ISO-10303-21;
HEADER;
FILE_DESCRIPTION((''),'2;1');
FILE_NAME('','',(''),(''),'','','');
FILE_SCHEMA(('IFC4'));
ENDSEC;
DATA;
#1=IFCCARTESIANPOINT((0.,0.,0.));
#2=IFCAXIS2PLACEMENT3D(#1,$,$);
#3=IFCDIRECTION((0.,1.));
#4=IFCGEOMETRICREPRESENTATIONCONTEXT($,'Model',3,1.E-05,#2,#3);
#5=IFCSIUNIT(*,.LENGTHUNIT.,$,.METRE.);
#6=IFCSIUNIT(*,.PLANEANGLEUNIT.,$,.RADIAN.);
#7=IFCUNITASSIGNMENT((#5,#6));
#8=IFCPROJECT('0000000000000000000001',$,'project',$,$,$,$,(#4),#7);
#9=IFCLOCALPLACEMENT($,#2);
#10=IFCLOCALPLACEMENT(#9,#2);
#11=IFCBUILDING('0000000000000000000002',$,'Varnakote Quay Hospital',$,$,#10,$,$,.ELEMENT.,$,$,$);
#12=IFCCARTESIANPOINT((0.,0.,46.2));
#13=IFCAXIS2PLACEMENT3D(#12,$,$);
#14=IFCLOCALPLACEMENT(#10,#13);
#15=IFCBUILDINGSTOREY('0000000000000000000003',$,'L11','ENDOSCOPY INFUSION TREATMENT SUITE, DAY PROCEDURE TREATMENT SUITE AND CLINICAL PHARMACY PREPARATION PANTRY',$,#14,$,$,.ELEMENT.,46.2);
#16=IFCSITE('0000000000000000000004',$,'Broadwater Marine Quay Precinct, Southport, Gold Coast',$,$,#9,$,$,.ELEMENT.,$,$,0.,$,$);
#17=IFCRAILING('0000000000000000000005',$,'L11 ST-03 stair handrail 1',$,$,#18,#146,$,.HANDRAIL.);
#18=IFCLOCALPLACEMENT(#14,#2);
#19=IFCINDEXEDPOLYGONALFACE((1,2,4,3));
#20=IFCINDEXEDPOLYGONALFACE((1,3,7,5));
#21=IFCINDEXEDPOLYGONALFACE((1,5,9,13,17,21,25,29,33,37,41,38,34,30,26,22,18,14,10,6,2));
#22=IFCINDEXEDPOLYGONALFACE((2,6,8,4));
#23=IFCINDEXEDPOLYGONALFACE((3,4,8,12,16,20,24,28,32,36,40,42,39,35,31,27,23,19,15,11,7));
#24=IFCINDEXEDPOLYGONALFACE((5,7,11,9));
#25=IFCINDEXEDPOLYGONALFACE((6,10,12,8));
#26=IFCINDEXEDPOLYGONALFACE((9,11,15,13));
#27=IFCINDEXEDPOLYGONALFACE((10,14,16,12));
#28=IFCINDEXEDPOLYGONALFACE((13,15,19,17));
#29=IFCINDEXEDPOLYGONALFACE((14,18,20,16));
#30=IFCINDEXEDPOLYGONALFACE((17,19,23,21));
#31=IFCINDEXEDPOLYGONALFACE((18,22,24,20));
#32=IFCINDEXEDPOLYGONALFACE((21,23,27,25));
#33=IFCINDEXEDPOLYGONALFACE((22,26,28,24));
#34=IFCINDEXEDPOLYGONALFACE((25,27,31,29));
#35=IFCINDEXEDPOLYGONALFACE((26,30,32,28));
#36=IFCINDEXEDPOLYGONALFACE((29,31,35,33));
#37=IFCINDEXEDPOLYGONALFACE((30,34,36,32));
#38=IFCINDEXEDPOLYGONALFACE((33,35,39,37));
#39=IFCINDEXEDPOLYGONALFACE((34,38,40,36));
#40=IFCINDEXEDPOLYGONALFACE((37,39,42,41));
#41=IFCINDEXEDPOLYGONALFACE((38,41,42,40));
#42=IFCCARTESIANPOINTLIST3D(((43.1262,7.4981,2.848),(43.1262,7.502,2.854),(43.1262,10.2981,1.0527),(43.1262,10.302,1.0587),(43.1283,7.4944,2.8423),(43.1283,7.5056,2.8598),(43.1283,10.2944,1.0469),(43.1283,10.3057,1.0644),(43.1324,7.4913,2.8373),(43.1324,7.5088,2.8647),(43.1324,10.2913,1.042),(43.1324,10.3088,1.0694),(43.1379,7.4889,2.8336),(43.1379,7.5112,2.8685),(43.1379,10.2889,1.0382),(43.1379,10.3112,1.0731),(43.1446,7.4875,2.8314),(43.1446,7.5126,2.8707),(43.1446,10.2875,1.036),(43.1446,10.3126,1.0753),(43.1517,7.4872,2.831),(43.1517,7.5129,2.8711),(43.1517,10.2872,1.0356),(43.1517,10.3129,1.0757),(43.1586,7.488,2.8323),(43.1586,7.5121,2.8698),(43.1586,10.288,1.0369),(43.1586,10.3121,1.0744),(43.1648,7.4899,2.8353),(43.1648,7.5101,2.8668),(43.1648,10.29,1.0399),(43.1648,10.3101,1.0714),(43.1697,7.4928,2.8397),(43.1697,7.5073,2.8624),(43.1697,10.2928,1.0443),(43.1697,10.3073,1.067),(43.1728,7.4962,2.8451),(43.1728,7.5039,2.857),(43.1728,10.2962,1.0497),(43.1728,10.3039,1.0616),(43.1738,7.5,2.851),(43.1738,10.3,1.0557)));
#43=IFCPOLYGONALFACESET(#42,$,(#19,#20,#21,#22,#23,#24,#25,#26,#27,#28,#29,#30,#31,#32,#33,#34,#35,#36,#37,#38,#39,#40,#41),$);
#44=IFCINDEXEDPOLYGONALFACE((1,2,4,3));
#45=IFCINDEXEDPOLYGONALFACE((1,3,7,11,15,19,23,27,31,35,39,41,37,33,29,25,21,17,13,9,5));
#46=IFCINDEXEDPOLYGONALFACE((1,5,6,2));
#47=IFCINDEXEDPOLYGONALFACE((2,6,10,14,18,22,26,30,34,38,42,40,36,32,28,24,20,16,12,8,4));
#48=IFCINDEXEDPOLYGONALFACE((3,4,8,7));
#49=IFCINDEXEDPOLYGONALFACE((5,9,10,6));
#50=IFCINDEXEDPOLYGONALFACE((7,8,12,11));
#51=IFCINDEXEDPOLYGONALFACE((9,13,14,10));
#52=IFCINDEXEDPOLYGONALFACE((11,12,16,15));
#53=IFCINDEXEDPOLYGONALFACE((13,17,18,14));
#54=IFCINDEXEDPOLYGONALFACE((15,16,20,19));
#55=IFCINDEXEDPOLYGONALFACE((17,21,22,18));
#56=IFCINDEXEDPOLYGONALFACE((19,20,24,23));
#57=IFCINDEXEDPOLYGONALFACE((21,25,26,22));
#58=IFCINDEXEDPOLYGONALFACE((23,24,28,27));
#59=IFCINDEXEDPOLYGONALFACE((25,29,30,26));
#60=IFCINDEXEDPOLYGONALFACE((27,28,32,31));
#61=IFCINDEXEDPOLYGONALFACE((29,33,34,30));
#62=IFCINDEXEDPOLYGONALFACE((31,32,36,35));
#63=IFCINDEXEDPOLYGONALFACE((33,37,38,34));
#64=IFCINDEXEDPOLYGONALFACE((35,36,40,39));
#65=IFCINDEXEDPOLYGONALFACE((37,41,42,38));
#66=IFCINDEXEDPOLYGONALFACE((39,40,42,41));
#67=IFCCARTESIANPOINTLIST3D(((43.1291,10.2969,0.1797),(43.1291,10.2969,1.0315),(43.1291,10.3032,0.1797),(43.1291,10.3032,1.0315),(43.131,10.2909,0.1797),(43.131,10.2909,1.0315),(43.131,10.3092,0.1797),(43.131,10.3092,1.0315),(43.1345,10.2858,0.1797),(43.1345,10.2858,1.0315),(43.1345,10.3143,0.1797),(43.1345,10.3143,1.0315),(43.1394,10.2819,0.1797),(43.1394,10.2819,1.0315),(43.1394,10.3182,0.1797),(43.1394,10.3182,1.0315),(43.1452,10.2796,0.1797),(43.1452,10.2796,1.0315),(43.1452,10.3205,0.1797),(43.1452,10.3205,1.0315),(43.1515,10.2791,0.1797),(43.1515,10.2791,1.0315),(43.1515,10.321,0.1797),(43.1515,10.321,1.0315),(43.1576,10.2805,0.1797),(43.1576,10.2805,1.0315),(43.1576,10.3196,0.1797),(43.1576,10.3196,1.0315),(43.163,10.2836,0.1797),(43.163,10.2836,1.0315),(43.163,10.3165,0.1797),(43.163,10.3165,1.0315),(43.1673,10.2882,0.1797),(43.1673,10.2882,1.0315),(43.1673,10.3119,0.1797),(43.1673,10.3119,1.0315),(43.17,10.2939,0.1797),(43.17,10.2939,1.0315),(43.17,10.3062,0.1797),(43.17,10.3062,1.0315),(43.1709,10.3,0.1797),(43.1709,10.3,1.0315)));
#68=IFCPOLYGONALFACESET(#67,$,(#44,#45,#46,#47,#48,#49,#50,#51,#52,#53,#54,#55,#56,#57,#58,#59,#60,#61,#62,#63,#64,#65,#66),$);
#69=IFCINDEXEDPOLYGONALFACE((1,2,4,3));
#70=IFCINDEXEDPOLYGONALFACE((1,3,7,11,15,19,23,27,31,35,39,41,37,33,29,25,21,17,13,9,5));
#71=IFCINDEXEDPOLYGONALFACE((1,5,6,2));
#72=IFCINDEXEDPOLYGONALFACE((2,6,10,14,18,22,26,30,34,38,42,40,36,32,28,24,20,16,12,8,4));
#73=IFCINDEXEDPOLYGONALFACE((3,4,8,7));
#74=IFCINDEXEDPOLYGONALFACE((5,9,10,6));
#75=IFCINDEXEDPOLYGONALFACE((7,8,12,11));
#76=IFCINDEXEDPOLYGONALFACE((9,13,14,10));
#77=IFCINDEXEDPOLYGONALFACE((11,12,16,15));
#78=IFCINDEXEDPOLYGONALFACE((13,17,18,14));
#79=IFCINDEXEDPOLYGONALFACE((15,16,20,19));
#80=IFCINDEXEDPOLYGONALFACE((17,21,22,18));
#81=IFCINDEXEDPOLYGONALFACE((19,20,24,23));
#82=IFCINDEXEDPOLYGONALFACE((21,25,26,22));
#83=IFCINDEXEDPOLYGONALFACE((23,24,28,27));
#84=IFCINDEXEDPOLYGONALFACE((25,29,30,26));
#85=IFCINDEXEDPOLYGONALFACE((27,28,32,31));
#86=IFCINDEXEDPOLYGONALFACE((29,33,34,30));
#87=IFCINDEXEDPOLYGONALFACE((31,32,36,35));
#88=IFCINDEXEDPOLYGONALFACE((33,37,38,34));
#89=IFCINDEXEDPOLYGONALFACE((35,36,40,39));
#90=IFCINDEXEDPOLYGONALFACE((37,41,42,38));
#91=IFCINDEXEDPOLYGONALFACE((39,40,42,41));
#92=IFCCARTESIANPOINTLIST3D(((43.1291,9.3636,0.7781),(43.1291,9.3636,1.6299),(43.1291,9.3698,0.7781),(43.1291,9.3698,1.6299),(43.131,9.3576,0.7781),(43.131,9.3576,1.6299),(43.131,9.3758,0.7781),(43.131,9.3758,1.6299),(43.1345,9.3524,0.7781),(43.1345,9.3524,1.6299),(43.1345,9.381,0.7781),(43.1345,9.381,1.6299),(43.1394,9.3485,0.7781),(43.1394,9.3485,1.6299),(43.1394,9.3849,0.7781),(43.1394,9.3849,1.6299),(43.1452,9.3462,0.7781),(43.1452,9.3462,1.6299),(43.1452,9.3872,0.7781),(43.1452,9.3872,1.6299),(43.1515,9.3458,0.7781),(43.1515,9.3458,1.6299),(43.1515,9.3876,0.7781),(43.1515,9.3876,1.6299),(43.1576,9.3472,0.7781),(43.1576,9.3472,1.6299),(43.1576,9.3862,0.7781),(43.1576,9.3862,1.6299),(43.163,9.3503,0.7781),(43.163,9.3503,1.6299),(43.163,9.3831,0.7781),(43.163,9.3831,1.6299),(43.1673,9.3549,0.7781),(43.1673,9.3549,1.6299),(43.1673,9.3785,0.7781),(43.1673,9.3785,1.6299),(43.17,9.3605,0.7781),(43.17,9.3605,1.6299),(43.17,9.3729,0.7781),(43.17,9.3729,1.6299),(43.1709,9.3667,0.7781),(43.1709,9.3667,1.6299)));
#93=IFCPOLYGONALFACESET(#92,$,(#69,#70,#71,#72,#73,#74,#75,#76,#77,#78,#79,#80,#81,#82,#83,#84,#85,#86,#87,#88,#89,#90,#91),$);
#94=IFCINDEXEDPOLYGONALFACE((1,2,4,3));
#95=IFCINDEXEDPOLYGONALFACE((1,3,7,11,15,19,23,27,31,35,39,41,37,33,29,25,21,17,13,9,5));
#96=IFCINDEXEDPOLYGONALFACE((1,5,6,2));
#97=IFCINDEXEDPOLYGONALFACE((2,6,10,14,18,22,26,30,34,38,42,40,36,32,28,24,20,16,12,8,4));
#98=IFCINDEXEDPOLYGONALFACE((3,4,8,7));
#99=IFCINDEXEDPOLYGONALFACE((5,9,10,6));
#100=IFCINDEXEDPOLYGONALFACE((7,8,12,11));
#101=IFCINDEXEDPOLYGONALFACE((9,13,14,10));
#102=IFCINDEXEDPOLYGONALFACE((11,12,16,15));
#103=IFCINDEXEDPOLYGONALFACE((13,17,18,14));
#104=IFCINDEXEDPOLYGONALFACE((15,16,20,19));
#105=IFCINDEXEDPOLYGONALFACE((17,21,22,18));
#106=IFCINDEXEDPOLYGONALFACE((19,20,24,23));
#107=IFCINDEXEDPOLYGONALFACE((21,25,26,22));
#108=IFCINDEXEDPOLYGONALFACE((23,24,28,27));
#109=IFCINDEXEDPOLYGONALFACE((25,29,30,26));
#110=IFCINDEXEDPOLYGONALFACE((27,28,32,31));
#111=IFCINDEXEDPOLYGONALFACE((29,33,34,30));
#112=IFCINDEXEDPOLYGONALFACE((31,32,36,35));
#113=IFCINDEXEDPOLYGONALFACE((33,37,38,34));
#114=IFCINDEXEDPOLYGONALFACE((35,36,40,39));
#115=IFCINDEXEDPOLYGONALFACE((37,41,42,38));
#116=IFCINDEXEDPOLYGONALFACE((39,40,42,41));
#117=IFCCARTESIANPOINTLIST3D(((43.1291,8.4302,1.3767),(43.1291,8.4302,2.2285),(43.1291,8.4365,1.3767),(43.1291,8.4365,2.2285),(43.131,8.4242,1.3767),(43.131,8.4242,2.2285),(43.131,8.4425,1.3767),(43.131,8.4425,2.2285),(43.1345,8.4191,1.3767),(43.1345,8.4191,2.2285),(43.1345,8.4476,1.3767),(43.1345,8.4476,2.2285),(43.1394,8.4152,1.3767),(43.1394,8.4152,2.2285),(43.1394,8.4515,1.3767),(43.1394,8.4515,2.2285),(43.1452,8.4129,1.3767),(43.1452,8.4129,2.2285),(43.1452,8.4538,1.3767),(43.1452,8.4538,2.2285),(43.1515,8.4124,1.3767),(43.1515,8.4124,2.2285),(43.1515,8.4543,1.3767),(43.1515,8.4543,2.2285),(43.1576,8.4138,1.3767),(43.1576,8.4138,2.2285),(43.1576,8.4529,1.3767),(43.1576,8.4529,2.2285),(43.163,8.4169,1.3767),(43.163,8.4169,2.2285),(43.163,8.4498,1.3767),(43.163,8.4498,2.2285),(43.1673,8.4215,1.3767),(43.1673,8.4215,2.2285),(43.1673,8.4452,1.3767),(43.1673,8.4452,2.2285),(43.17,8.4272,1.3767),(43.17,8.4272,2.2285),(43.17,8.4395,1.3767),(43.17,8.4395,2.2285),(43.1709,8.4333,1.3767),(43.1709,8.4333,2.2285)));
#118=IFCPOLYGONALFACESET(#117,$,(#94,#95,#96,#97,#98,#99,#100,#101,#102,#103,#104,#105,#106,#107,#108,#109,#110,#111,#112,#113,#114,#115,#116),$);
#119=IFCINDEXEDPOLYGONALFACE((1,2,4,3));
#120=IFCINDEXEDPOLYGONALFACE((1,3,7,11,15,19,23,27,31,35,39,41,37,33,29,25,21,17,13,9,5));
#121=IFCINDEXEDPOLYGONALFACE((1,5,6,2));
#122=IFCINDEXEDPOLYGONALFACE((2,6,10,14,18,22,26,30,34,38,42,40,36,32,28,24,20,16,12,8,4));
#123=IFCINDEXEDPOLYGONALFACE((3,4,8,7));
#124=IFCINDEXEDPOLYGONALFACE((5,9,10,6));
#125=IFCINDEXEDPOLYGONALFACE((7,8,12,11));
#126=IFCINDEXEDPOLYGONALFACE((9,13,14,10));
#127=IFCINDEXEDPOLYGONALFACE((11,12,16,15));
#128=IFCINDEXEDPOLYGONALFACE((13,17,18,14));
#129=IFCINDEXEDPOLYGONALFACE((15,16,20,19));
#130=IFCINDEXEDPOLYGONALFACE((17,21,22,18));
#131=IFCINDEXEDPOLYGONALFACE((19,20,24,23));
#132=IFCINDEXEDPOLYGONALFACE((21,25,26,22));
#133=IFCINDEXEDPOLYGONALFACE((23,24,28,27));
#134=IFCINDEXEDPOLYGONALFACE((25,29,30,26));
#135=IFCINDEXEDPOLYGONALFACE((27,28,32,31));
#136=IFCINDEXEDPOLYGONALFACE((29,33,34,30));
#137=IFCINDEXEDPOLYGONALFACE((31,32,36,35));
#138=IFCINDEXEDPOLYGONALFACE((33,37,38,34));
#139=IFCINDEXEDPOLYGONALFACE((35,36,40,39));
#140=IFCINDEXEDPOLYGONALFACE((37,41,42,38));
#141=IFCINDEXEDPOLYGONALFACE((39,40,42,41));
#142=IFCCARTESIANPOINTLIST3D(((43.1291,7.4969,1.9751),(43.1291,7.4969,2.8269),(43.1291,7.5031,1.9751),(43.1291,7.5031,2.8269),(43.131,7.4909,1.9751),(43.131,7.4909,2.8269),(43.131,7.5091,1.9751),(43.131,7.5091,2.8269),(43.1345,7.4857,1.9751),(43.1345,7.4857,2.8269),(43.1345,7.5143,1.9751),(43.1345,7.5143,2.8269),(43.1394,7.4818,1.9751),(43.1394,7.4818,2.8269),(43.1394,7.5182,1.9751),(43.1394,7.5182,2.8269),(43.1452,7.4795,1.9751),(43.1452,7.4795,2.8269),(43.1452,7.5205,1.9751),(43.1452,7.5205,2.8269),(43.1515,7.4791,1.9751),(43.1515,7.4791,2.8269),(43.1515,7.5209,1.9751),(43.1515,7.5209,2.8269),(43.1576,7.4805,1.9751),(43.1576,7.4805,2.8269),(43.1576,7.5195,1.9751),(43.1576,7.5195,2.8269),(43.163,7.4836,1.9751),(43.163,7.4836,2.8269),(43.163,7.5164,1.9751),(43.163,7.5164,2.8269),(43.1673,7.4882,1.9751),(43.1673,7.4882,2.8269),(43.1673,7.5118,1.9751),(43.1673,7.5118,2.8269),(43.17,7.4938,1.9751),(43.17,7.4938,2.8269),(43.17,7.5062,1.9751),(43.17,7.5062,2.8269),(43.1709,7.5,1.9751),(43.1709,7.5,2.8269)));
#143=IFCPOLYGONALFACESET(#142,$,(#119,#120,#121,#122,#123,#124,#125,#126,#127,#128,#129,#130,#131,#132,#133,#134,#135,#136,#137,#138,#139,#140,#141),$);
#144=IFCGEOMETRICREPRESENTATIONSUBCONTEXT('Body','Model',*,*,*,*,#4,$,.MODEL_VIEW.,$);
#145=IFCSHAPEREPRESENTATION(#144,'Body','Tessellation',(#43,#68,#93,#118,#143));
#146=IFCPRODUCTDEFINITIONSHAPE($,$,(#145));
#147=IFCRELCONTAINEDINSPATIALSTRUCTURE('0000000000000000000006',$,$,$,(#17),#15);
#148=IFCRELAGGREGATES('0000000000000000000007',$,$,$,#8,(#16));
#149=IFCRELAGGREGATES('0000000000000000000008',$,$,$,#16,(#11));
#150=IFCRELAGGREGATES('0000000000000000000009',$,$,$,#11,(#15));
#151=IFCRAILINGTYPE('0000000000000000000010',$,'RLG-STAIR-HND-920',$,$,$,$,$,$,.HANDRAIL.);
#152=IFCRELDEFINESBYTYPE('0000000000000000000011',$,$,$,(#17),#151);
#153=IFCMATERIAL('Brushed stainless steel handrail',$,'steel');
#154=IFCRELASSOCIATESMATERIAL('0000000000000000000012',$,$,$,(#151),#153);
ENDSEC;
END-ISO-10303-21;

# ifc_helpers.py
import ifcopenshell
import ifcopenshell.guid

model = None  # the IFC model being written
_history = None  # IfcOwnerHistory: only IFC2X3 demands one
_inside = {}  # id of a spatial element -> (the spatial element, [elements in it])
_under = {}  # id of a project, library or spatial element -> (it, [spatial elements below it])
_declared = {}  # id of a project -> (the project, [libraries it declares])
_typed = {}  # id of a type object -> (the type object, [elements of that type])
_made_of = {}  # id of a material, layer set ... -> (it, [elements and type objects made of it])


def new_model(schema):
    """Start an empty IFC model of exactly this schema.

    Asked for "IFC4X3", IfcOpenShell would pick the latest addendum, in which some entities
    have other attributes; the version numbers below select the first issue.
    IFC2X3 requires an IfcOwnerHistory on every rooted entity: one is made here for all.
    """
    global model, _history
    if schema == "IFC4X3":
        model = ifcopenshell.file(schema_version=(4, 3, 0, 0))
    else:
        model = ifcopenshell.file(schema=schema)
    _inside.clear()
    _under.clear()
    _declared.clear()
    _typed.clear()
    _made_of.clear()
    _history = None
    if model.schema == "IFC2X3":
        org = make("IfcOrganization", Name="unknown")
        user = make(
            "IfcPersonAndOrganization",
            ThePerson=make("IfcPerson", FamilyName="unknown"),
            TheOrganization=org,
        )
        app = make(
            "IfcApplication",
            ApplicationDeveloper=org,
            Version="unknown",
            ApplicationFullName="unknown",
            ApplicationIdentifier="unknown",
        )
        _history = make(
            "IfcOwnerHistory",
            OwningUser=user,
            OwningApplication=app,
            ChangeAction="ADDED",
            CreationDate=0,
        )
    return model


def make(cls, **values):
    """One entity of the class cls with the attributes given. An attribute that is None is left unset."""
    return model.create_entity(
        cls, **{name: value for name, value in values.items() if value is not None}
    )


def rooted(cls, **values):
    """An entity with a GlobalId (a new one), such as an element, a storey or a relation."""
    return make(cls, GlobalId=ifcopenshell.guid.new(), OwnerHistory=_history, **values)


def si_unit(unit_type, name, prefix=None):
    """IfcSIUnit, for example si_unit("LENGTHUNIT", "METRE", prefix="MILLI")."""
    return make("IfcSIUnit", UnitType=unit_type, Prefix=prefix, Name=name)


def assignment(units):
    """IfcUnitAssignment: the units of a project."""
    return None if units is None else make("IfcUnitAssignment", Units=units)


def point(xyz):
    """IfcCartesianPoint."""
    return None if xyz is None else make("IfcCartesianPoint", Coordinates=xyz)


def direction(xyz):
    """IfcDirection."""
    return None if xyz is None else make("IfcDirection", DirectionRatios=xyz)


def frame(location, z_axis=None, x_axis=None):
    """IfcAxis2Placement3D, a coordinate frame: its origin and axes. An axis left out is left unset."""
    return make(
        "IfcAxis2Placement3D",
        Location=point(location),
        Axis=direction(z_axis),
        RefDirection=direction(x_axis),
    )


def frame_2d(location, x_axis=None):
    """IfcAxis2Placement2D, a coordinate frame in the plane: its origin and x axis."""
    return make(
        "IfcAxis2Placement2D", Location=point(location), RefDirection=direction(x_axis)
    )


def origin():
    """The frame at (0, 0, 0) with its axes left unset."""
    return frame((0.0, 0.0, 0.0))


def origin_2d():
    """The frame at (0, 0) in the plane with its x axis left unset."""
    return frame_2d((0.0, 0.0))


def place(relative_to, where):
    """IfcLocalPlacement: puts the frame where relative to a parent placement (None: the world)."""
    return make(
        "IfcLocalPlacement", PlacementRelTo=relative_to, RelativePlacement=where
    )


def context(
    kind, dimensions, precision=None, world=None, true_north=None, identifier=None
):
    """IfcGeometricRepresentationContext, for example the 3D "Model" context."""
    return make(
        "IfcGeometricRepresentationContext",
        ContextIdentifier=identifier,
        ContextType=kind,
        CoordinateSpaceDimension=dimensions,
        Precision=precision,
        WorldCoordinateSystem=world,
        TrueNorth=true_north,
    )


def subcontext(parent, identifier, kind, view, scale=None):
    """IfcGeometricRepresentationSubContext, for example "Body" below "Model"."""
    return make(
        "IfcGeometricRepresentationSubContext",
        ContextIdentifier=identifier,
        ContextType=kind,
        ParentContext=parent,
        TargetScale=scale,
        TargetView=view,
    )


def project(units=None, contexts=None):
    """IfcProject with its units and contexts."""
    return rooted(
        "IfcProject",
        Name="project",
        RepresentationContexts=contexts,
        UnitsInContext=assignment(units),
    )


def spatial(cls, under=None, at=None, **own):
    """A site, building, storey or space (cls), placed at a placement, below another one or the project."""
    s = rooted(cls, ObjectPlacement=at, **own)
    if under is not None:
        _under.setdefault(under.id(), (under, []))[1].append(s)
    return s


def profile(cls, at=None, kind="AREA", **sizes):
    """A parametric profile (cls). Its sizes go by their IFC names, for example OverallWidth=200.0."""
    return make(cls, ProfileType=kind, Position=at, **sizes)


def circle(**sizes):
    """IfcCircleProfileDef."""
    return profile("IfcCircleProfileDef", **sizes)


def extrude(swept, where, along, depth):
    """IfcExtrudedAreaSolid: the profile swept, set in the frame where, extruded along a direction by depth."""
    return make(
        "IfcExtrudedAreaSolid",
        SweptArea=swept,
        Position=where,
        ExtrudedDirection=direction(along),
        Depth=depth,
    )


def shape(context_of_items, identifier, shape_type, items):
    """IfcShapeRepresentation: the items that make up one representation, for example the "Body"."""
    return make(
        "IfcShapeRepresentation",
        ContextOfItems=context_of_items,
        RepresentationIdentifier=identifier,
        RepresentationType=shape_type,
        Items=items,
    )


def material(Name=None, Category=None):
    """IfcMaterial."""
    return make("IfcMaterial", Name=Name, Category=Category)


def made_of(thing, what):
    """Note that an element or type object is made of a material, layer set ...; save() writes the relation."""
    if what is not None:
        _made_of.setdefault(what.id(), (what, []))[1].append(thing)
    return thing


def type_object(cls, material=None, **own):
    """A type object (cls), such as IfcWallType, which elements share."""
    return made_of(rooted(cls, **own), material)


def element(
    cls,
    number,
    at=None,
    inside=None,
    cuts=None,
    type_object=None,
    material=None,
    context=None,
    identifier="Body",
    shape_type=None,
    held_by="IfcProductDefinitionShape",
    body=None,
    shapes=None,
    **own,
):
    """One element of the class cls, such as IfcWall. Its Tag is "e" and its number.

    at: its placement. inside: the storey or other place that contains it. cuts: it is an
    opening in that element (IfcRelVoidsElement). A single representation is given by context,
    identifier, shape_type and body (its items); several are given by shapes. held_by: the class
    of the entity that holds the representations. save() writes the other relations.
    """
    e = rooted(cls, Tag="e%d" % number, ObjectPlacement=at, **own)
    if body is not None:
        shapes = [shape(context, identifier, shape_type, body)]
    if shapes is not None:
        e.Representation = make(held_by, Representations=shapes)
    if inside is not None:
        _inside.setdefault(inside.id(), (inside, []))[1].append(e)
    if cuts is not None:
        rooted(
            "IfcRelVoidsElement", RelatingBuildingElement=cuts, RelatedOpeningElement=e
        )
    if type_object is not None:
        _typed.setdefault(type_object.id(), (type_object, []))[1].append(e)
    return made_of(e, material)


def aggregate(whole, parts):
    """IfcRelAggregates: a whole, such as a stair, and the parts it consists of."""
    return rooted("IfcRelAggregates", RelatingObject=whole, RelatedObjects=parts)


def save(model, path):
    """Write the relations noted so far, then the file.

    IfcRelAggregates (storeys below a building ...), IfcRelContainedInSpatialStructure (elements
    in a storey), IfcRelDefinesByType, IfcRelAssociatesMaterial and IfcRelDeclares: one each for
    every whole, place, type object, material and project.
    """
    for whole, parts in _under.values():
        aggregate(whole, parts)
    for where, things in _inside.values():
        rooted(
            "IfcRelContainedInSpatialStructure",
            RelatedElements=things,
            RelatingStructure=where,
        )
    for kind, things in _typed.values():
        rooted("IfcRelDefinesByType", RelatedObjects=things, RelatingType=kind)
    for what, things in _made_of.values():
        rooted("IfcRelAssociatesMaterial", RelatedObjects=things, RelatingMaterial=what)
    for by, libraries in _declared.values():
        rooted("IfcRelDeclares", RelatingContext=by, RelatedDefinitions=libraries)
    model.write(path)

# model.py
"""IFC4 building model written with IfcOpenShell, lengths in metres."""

from ifc_helpers import new_model, si_unit, direction, frame, origin, origin_2d, place, context, subcontext, project, spatial, circle, extrude, material, type_object, element, save


model = new_model("IFC4")

# Units and contexts
model_context = context("Model", 3, precision=1e-05, world=origin(), true_north=direction((0.0, 1.0)))
body_context = subcontext(model_context, "Body", "Model", "MODEL_VIEW")
ifc_project = project(units=[si_unit("LENGTHUNIT", "METRE"), si_unit("PLANEANGLEUNIT", "RADIAN")], contexts=[model_context])

# Site, building, storey
site_placement = place(None, origin())
site = spatial("IfcSite", under=ifc_project, at=site_placement, Name="Broadwater Marine Quay Precinct, Southport, Gold Coast", CompositionType="ELEMENT", RefElevation=0.0)
building_placement = place(site_placement, origin())
building = spatial("IfcBuilding", under=site, at=building_placement, Name="Varnakote Quay Hospital", CompositionType="ELEMENT")
storey_placement = place(building_placement, frame((0.0, 0.0, 46.2)))
storey = spatial("IfcBuildingStorey", under=building, at=storey_placement, Name="L11", Description="ENDOSCOPY INFUSION TREATMENT SUITE, DAY PROCEDURE TREATMENT SUITE AND CLINICAL PHARMACY PREPARATION PANTRY", CompositionType="ELEMENT", Elevation=46.2)

# Railing
ifc_material_1 = material(Name="Brushed stainless steel handrail", Category="steel")
railing_type_1 = type_object("IfcRailingType", Name="RLG-STAIR-HND-920", PredefinedType="HANDRAIL", material=ifc_material_1)
railing_1_placement = place(storey_placement, frame((43.1499, 10.3, 0.1797)))
element("IfcRailing", 1, at=railing_1_placement, inside=storey, type_object=railing_type_1, Name="L11 ST-03 stair handrail 1", PredefinedType="HANDRAIL", context=body_context, shape_type="SweptSolid", body=[
    extrude(circle(Radius=0.0239, at=origin_2d()), frame((0.0, 0.0, 0.876), z_axis=(0.0, -0.84181, 0.539774), x_axis=(1.0, 0.0, 0.0)), (0.0, 0.0, 1.0), 3.3262),
    extrude(circle(Radius=0.021, at=origin_2d()), origin(), (0.0, 0.0, 1.0), 0.8518),
    extrude(circle(Radius=0.021, at=origin_2d()), frame((0.0, -0.9333, 0.5984)), (0.0, 0.0, 1.0), 0.8518),
    extrude(circle(Radius=0.021, at=origin_2d()), frame((0.0, -1.8667, 1.197)), (0.0, 0.0, 1.0), 0.8518),
    extrude(circle(Radius=0.021, at=origin_2d()), frame((0.0, -2.8, 1.7954)), (0.0, 0.0, 1.0), 0.8518),
])

save(model, "model.ifc")
